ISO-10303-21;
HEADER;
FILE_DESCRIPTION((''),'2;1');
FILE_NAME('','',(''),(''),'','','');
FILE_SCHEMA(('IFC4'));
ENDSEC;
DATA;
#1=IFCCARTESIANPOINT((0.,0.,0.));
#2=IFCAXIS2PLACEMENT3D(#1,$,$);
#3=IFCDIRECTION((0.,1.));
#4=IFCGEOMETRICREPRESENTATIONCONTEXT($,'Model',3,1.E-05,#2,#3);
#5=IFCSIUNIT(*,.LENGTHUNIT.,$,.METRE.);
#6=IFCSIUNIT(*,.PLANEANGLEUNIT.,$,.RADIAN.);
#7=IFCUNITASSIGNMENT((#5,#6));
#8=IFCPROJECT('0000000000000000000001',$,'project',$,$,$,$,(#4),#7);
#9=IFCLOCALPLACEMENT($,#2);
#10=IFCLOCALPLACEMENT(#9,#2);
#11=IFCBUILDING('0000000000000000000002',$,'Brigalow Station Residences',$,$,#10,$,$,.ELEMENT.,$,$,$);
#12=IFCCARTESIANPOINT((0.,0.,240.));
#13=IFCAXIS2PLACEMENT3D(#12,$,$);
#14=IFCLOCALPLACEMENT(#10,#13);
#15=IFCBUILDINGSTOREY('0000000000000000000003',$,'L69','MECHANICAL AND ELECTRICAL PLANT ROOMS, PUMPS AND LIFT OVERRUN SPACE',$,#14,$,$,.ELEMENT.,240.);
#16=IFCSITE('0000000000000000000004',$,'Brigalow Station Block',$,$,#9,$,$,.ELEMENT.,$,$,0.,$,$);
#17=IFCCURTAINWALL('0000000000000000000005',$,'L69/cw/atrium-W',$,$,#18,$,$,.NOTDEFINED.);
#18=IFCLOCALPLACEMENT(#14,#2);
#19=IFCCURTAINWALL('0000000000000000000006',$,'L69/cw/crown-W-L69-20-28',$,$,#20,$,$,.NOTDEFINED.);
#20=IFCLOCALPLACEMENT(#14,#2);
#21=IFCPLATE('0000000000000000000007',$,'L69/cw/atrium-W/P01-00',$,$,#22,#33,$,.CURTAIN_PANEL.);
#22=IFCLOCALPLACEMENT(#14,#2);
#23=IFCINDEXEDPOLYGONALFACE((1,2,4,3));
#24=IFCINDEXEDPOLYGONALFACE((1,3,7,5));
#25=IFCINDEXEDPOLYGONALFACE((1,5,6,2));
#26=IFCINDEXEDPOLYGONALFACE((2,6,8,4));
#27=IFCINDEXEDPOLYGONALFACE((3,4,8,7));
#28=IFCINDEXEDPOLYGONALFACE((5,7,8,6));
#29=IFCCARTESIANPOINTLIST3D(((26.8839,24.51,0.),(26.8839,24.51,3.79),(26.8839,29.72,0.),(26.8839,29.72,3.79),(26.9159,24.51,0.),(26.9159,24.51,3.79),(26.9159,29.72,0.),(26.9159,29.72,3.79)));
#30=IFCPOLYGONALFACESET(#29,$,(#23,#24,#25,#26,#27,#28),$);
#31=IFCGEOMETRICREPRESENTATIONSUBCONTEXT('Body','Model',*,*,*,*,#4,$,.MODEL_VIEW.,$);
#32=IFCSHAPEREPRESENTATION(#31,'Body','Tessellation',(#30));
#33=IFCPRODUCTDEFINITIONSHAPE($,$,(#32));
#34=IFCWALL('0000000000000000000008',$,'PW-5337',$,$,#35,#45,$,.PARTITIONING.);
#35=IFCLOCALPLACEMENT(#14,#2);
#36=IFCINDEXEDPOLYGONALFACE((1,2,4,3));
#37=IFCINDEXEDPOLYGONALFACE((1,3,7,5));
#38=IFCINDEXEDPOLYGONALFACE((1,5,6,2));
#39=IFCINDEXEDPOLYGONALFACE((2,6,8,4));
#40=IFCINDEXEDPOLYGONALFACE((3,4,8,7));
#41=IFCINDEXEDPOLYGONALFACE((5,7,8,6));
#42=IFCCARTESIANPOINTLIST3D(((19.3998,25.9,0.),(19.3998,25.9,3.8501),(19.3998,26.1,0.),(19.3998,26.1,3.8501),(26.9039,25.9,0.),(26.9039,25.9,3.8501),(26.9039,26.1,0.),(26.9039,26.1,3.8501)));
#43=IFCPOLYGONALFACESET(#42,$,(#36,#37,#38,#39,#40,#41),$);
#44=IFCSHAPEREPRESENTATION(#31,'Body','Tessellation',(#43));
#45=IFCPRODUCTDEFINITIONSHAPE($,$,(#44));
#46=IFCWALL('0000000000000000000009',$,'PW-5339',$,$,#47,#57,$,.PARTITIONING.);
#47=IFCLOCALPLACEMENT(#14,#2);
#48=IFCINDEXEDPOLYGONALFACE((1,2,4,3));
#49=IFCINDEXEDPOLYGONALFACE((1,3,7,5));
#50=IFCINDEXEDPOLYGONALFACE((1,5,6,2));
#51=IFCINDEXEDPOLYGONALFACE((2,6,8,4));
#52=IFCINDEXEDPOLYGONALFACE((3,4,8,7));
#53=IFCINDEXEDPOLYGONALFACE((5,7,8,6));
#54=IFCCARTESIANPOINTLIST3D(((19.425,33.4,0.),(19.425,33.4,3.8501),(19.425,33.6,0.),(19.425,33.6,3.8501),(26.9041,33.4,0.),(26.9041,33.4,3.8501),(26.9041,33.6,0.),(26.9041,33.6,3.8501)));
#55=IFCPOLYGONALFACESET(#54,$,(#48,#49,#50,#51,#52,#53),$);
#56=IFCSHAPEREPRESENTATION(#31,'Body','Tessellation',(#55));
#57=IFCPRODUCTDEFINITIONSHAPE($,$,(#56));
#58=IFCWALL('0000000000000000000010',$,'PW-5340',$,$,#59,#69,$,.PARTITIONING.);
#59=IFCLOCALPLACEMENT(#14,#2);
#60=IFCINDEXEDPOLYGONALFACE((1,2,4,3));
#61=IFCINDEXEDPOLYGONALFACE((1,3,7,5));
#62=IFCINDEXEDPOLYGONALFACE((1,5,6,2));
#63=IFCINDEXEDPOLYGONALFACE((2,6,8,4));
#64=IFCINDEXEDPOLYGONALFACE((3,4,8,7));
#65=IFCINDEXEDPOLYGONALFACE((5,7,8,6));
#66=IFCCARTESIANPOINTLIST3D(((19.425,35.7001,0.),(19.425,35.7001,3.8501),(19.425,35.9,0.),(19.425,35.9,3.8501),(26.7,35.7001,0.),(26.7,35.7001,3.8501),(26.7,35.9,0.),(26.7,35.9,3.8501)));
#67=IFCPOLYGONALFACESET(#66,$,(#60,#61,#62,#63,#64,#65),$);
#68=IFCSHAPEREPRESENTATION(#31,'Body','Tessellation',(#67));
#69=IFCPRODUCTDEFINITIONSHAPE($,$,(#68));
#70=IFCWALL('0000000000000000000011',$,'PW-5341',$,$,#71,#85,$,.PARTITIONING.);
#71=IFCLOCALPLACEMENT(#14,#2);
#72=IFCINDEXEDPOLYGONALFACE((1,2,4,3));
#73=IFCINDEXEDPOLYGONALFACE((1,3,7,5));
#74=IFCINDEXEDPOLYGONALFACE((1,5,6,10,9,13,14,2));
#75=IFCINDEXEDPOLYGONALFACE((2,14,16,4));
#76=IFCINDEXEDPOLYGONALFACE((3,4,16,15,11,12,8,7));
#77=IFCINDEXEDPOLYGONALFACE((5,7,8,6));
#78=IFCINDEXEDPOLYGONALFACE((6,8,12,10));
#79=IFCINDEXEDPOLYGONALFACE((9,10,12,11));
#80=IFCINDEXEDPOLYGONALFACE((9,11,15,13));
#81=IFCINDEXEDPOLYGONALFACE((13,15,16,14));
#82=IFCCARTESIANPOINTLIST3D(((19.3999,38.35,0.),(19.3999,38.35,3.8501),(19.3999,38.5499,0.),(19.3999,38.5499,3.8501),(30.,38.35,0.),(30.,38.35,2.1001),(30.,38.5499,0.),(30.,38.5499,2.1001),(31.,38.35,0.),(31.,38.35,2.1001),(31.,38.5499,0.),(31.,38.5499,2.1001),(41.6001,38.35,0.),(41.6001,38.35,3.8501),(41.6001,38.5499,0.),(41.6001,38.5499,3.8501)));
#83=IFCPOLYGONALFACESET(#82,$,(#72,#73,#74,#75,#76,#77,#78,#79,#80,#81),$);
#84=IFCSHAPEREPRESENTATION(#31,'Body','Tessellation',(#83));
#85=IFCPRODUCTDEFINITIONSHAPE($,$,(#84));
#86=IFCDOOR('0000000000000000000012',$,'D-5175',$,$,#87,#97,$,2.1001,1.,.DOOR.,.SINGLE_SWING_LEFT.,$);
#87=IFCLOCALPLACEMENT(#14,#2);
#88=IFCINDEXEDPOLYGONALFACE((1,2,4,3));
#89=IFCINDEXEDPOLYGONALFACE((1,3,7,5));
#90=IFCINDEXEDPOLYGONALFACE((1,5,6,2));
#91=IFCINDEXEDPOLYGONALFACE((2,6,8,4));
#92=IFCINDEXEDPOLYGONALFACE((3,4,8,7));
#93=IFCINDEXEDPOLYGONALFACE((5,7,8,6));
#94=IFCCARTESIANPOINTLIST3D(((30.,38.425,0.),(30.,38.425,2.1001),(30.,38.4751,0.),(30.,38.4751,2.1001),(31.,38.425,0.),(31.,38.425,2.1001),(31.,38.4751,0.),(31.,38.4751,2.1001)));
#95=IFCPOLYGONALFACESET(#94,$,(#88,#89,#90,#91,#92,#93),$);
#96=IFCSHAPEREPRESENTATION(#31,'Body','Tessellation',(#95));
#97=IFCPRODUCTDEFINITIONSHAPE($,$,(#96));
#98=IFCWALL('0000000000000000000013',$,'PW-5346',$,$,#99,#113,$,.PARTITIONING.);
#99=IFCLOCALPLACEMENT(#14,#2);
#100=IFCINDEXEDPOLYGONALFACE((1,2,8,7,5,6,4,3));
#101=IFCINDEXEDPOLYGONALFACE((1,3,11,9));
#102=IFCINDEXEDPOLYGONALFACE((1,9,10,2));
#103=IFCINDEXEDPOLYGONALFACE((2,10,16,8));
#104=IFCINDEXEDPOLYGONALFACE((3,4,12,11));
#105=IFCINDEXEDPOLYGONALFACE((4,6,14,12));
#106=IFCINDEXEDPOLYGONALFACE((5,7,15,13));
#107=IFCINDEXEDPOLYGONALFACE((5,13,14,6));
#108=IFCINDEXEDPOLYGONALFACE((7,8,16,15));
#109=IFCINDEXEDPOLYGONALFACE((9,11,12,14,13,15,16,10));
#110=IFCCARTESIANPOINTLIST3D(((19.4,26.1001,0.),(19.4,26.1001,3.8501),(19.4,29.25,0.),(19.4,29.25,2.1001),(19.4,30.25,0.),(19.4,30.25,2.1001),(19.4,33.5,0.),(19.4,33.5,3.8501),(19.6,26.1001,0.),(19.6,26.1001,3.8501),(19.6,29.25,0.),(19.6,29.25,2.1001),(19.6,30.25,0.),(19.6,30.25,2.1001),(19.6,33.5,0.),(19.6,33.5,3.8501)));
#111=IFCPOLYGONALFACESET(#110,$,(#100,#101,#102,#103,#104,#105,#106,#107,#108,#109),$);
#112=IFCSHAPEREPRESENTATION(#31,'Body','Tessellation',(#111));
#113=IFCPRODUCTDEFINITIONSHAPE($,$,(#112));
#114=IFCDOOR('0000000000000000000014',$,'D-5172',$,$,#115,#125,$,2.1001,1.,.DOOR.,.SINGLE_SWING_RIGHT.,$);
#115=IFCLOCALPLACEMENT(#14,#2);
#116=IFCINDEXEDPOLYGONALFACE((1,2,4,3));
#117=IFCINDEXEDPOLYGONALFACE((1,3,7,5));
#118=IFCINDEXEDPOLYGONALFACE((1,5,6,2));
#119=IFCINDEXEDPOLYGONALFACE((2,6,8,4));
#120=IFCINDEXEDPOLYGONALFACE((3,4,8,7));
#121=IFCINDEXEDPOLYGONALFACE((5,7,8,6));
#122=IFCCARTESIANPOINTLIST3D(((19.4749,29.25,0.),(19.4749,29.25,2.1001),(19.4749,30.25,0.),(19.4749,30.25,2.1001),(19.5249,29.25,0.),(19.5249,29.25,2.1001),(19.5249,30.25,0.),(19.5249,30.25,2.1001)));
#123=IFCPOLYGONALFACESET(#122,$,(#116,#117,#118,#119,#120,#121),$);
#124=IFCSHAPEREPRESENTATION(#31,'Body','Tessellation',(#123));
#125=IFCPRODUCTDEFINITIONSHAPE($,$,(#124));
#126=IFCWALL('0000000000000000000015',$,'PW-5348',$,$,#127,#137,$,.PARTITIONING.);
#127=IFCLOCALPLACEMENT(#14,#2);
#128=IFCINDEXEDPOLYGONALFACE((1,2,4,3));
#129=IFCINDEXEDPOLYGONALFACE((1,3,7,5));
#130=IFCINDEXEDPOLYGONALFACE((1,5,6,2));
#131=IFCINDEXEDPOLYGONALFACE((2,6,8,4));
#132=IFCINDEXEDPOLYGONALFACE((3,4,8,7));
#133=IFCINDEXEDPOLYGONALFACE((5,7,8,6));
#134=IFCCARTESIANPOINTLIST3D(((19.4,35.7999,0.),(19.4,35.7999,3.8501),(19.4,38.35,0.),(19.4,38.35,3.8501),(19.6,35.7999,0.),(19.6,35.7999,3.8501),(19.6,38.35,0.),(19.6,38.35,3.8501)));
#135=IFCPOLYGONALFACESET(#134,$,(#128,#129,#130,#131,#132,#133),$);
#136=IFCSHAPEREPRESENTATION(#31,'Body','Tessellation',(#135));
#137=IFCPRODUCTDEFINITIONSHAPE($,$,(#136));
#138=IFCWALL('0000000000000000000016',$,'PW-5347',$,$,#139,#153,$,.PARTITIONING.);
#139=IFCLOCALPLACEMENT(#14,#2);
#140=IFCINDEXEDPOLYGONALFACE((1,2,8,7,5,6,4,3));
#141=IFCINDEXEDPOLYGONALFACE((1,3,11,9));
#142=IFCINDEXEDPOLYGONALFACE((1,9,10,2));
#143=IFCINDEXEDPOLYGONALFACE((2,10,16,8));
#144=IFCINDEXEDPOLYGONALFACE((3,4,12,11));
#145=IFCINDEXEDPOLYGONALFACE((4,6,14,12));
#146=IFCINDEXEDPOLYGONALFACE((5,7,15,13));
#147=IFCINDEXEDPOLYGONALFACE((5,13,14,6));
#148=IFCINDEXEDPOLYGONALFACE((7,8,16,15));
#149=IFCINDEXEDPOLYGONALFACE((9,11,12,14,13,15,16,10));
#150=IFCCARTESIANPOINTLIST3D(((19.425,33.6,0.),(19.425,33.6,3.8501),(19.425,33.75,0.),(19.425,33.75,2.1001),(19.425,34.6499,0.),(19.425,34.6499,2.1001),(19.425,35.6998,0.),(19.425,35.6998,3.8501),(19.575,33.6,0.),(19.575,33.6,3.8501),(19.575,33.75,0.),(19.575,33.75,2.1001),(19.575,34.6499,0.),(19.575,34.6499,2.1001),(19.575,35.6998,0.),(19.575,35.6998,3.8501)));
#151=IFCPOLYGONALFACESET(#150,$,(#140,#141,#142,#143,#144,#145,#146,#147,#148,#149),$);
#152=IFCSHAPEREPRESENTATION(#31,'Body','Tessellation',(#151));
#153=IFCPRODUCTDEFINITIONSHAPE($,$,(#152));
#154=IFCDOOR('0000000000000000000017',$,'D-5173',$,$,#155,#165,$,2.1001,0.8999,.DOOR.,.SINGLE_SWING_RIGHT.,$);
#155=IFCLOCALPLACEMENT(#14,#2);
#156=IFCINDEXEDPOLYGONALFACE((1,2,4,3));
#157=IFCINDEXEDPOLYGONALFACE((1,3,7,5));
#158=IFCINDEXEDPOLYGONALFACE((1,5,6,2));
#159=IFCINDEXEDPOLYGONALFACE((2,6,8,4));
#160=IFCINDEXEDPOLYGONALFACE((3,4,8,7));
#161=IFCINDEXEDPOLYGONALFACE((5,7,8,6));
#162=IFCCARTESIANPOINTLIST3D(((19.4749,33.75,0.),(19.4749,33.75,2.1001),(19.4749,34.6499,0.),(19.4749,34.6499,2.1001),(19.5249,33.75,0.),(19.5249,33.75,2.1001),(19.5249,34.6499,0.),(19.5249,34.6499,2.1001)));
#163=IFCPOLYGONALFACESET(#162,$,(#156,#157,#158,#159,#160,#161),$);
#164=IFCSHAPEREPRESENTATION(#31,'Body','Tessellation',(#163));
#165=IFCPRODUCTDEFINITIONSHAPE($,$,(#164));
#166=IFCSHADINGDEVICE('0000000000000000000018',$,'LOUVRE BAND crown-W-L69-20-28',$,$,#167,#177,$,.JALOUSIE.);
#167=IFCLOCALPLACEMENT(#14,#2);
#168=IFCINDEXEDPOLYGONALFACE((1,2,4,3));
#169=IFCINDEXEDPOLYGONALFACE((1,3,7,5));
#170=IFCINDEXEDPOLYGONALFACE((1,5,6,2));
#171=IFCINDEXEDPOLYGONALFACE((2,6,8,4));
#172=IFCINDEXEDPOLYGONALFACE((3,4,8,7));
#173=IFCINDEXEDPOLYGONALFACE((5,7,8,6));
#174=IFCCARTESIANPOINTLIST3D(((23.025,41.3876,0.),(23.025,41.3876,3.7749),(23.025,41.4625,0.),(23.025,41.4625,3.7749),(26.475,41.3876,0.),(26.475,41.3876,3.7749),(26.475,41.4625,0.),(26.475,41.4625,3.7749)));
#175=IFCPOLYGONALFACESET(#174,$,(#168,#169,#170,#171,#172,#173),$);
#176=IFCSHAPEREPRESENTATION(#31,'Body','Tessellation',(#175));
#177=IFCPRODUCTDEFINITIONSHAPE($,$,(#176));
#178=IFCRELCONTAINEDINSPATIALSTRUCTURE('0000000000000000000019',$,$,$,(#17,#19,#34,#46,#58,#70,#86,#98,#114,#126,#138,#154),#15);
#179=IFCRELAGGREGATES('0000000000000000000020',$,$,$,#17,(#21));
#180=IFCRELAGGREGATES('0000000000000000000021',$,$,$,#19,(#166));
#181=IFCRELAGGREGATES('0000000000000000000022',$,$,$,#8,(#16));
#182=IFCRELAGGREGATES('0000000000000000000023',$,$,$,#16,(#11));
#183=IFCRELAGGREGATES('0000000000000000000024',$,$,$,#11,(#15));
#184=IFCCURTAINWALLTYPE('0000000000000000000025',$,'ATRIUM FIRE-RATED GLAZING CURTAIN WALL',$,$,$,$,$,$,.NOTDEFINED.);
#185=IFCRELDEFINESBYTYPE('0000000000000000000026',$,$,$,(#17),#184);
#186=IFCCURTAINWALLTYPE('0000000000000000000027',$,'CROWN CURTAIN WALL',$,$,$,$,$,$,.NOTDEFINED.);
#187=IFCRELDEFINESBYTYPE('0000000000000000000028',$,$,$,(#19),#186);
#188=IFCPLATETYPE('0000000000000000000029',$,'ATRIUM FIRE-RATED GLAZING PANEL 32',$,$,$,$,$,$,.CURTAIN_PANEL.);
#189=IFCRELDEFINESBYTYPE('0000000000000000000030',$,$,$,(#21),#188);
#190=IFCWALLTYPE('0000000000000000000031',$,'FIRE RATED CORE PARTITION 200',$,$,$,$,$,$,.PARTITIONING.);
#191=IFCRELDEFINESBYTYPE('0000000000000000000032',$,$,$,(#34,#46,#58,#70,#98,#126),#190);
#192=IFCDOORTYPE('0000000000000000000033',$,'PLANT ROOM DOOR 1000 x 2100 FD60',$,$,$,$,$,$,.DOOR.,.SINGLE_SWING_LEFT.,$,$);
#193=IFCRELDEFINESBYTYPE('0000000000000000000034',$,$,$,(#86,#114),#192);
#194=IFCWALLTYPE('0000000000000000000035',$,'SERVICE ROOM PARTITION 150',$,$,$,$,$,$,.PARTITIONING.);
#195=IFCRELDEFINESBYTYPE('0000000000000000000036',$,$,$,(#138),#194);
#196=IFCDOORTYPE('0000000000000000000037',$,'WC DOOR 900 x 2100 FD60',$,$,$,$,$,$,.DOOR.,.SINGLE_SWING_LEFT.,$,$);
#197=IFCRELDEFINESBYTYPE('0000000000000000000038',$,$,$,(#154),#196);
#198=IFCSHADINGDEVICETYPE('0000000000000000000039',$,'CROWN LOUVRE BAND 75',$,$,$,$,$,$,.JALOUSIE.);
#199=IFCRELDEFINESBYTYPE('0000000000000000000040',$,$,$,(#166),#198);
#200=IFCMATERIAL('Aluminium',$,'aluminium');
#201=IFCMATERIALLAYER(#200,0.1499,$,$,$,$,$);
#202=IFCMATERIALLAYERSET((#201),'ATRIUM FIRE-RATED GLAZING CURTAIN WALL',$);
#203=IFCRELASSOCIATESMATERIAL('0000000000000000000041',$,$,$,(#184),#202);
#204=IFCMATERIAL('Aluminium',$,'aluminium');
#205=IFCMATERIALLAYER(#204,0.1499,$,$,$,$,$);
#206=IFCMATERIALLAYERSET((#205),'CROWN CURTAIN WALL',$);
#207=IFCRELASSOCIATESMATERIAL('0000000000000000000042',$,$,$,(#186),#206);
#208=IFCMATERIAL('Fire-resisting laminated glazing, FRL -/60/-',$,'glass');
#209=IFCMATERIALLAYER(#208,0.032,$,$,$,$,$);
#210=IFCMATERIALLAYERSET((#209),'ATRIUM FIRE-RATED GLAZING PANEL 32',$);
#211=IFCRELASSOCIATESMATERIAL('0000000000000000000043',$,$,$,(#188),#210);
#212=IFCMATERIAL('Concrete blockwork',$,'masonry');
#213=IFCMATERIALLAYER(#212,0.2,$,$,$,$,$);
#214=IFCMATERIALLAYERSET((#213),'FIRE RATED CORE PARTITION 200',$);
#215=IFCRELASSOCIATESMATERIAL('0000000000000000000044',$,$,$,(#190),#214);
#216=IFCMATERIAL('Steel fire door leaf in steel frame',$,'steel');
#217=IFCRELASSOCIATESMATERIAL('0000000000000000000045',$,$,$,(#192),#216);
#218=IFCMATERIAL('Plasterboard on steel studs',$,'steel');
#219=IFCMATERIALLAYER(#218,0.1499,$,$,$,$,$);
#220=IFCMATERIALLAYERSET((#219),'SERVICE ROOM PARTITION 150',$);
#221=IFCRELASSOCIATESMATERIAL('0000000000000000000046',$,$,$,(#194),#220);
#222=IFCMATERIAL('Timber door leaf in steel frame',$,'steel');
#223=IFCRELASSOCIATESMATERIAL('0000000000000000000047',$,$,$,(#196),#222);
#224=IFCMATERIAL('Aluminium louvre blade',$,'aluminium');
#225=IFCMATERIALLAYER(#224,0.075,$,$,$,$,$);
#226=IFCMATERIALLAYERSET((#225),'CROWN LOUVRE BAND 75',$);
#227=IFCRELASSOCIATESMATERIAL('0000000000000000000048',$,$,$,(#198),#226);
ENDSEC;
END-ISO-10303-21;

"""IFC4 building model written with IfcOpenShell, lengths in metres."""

from ifc_helpers import new_model, si_unit, direction, frame, frame_2d, origin, origin_2d, place, context, subcontext, project, spatial, rectangle, extrude, material, layer, layer_set, type_object, element, fill, aggregate, save


model = new_model("IFC4")

# Units and contexts
model_context = context("Model", 3, precision=1e-05, world=origin(), true_north=direction((0.0, 1.0)))
body_context = subcontext(model_context, "Body", "Model", "MODEL_VIEW")
ifc_project = project(units=[si_unit("LENGTHUNIT", "METRE"), si_unit("PLANEANGLEUNIT", "RADIAN")], contexts=[model_context])

# Site, building, storey
site_placement = place(None, origin())
site = spatial("IfcSite", under=ifc_project, at=site_placement, Name="Brigalow Station Block", CompositionType="ELEMENT", RefElevation=0.0)
building_placement = place(site_placement, origin())
building = spatial("IfcBuilding", under=site, at=building_placement, Name="Brigalow Station Residences", CompositionType="ELEMENT")
storey_placement = place(building_placement, frame((0.0, 0.0, 240.0)))
storey = spatial("IfcBuildingStorey", under=building, at=storey_placement, Name="L69", Description="MECHANICAL AND ELECTRICAL PLANT ROOMS, PUMPS AND LIFT OVERRUN SPACE", CompositionType="ELEMENT", Elevation=240.0)

# Curtain walls
ifc_material_1 = material(Name="Aluminium", Category="aluminium")
ifc_layer_1 = layer(ifc_material_1, 0.1499)
ifc_layer_set_1 = layer_set([ifc_layer_1], Name="ATRIUM FIRE-RATED GLAZING CURTAIN WALL")
curtain_wall_type_1 = type_object("IfcCurtainWallType", Name="ATRIUM FIRE-RATED GLAZING CURTAIN WALL", PredefinedType="NOTDEFINED", material=ifc_layer_set_1)
curtain_wall_1_placement = place(storey_placement, origin())
curtain_wall_1 = element("IfcCurtainWall", 1, at=curtain_wall_1_placement, inside=storey, type_object=curtain_wall_type_1, Name="L69/cw/atrium-W", PredefinedType="NOTDEFINED")
ifc_material_2 = material(Name="Aluminium", Category="aluminium")
ifc_layer_2 = layer(ifc_material_2, 0.1499)
ifc_layer_set_2 = layer_set([ifc_layer_2], Name="CROWN CURTAIN WALL")
curtain_wall_type_2 = type_object("IfcCurtainWallType", Name="CROWN CURTAIN WALL", PredefinedType="NOTDEFINED", material=ifc_layer_set_2)
curtain_wall_2_placement = place(storey_placement, origin())
curtain_wall_2 = element("IfcCurtainWall", 2, at=curtain_wall_2_placement, inside=storey, type_object=curtain_wall_type_2, Name="L69/cw/crown-W-L69-20-28", PredefinedType="NOTDEFINED")

# Plate
ifc_material_3 = material(Name="Fire-resisting laminated glazing, FRL -/60/-", Category="glass")
ifc_layer_3 = layer(ifc_material_3, 0.032)
ifc_layer_set_3 = layer_set([ifc_layer_3], Name="ATRIUM FIRE-RATED GLAZING PANEL 32")
plate_type = type_object("IfcPlateType", Name="ATRIUM FIRE-RATED GLAZING PANEL 32", PredefinedType="CURTAIN_PANEL", material=ifc_layer_set_3)
plate_1_placement = place(storey_placement, frame((26.8999, 27.115, 0.0), z_axis=(0.0, 0.0, 1.0), x_axis=(0.0, -1.0, 0.0)))
plate_1 = element("IfcPlate", 3, at=plate_1_placement, type_object=plate_type, Name="L69/cw/atrium-W/P01-00", PredefinedType="CURTAIN_PANEL", context=body_context, shape_type="SweptSolid", body=[
    extrude(rectangle(XDim=5.21, YDim=0.032, at=origin_2d()), origin(), (0.0, 0.0, 1.0), 3.79),
])
aggregate(curtain_wall_1, [plate_1])

# Walls
ifc_material_4 = material(Name="Concrete blockwork", Category="masonry")
ifc_layer_4 = layer(ifc_material_4, 0.2)
ifc_layer_set_4 = layer_set([ifc_layer_4], Name="FIRE RATED CORE PARTITION 200")
wall_type_1 = type_object("IfcWallType", Name="FIRE RATED CORE PARTITION 200", PredefinedType="PARTITIONING", material=ifc_layer_set_4)
wall_1_placement = place(storey_placement, frame((19.3999, 26.0, 0.0), z_axis=(0.0, 0.0, 1.0), x_axis=(1.0, 0.0, 0.0)))
element("IfcWall", 4, at=wall_1_placement, inside=storey, type_object=wall_type_1, Name="PW-5337", PredefinedType="PARTITIONING", context=body_context, shape_type="SweptSolid", body=[
    extrude(rectangle(XDim=7.5042, YDim=0.2, at=frame_2d((3.752, 0.0))), origin(), (0.0, 0.0, 1.0), 3.8501),
])
wall_2_placement = place(storey_placement, frame((19.425, 33.5, 0.0), z_axis=(0.0, 0.0, 1.0), x_axis=(1.0, 0.0, 0.0)))
element("IfcWall", 5, at=wall_2_placement, inside=storey, type_object=wall_type_1, Name="PW-5339", PredefinedType="PARTITIONING", context=body_context, shape_type="SweptSolid", body=[
    extrude(rectangle(XDim=7.479, YDim=0.2, at=frame_2d((3.7395, 0.0))), origin(), (0.0, 0.0, 1.0), 3.8501),
])
wall_3_placement = place(storey_placement, frame((19.425, 35.8, 0.0), z_axis=(0.0, 0.0, 1.0), x_axis=(1.0, 0.0, 0.0)))
element("IfcWall", 6, at=wall_3_placement, inside=storey, type_object=wall_type_1, Name="PW-5340", PredefinedType="PARTITIONING", context=body_context, shape_type="SweptSolid", body=[
    extrude(rectangle(XDim=7.2749, YDim=0.2, at=frame_2d((3.6375, 0.0))), origin(), (0.0, 0.0, 1.0), 3.8501),
])

# Walls, openings, doors
wall_4_placement = place(storey_placement, frame((19.3999, 38.45, 0.0), z_axis=(0.0, 0.0, 1.0), x_axis=(1.0, 0.0, 0.0)))
wall_4 = element("IfcWall", 7, at=wall_4_placement, inside=storey, type_object=wall_type_1, Name="PW-5341", PredefinedType="PARTITIONING", context=body_context, shape_type="SweptSolid", body=[
    extrude(rectangle(XDim=22.2002, YDim=0.2, at=frame_2d((11.1001, 0.0))), origin(), (0.0, 0.0, 1.0), 3.8501),
])
opening_1_placement = place(wall_4_placement, frame((10.6001, 0.0, 0.0)))
opening_1 = element("IfcOpeningElement", 8, at=opening_1_placement, cuts=wall_4, PredefinedType="OPENING", context=body_context, shape_type="SweptSolid", body=[
    extrude(rectangle(XDim=1.0, YDim=2.1001, at=frame_2d((0.5, 1.05))), frame((0.0, 0.1099, 0.0), z_axis=(0.0, -1.0, 0.0), x_axis=(1.0, 0.0, 0.0)), (0.0, 0.0, 1.0), 0.22),
])
ifc_material_5 = material(Name="Steel fire door leaf in steel frame", Category="steel")
door_type_1 = type_object("IfcDoorType", Name="PLANT ROOM DOOR 1000 x 2100 FD60", OperationType="SINGLE_SWING_LEFT", PredefinedType="DOOR", material=ifc_material_5)
door_1_placement = place(opening_1_placement, frame((1.0, 0.0, 0.0), z_axis=(0.0, 0.0, 1.0), x_axis=(-1.0, 0.0, 0.0)))
door_1 = element("IfcDoor", 9, at=door_1_placement, inside=storey, type_object=door_type_1, Name="D-5175", OperationType="SINGLE_SWING_LEFT", OverallHeight=2.1001, OverallWidth=1.0, PredefinedType="DOOR", context=body_context, shape_type="SweptSolid", body=[
    extrude(rectangle(XDim=1.0, YDim=2.1001, at=frame_2d((0.5, 1.05))), frame((0.0, 0.0249, 0.0), z_axis=(0.0, -1.0, 0.0), x_axis=(1.0, 0.0, 0.0)), (0.0, 0.0, 1.0), 0.05),
])
fill(opening_1, door_1)
wall_5_placement = place(storey_placement, frame((19.5, 26.1001, 0.0), z_axis=(0.0, 0.0, 1.0), x_axis=(0.0, 1.0, 0.0)))
wall_5 = element("IfcWall", 10, at=wall_5_placement, inside=storey, type_object=wall_type_1, Name="PW-5346", PredefinedType="PARTITIONING", context=body_context, shape_type="SweptSolid", body=[
    extrude(rectangle(XDim=7.3999, YDim=0.2, at=frame_2d((3.7, 0.0))), origin(), (0.0, 0.0, 1.0), 3.8501),
])
opening_2_placement = place(wall_5_placement, frame((3.1499, 0.0, 0.0)))
opening_2 = element("IfcOpeningElement", 11, at=opening_2_placement, cuts=wall_5, PredefinedType="OPENING", context=body_context, shape_type="SweptSolid", body=[
    extrude(rectangle(XDim=1.0, YDim=2.1001, at=frame_2d((0.5, 1.05))), frame((0.0, 0.1099, 0.0), z_axis=(0.0, -1.0, 0.0), x_axis=(1.0, 0.0, 0.0)), (0.0, 0.0, 1.0), 0.22),
])
door_2_placement = place(opening_2_placement, frame((1.0, 0.0, 0.0), z_axis=(0.0, 0.0, 1.0), x_axis=(-1.0, 0.0, 0.0)))
door_2 = element("IfcDoor", 12, at=door_2_placement, inside=storey, type_object=door_type_1, Name="D-5172", OperationType="SINGLE_SWING_RIGHT", OverallHeight=2.1001, OverallWidth=1.0, PredefinedType="DOOR", context=body_context, shape_type="SweptSolid", body=[
    extrude(rectangle(XDim=1.0, YDim=2.1001, at=frame_2d((0.5, 1.05))), frame((0.0, 0.0249, 0.0), z_axis=(0.0, -1.0, 0.0), x_axis=(1.0, 0.0, 0.0)), (0.0, 0.0, 1.0), 0.05),
])
fill(opening_2, door_2)

# Wall
wall_6_placement = place(storey_placement, frame((19.5, 35.8, 0.0), z_axis=(0.0, 0.0, 1.0), x_axis=(0.0, 1.0, 0.0)))
element("IfcWall", 13, at=wall_6_placement, inside=storey, type_object=wall_type_1, Name="PW-5348", PredefinedType="PARTITIONING", context=body_context, shape_type="SweptSolid", body=[
    extrude(rectangle(XDim=2.55, YDim=0.2, at=frame_2d((1.2749, 0.0))), origin(), (0.0, 0.0, 1.0), 3.8501),
])

# Wall, opening, door
ifc_material_6 = material(Name="Plasterboard on steel studs", Category="steel")
ifc_layer_5 = layer(ifc_material_6, 0.1499)
ifc_layer_set_5 = layer_set([ifc_layer_5], Name="SERVICE ROOM PARTITION 150")
wall_type_2 = type_object("IfcWallType", Name="SERVICE ROOM PARTITION 150", PredefinedType="PARTITIONING", material=ifc_layer_set_5)
wall_7_placement = place(storey_placement, frame((19.5, 33.6001, 0.0), z_axis=(0.0, 0.0, 1.0), x_axis=(0.0, 1.0, 0.0)))
wall_7 = element("IfcWall", 14, at=wall_7_placement, inside=storey, type_object=wall_type_2, Name="PW-5347", PredefinedType="PARTITIONING", context=body_context, shape_type="SweptSolid", body=[
    extrude(rectangle(XDim=2.0999, YDim=0.1499, at=frame_2d((1.0498, 0.0))), origin(), (0.0, 0.0, 1.0), 3.8501),
])
opening_3_placement = place(wall_7_placement, frame((0.1499, 0.0, 0.0)))
opening_3 = element("IfcOpeningElement", 15, at=opening_3_placement, cuts=wall_7, PredefinedType="OPENING", context=body_context, shape_type="SweptSolid", body=[
    extrude(rectangle(XDim=0.8999, YDim=2.1001, at=frame_2d((0.45, 1.05))), frame((0.0, 0.085, 0.0), z_axis=(0.0, -1.0, 0.0), x_axis=(1.0, 0.0, 0.0)), (0.0, 0.0, 1.0), 0.1699),
])
ifc_material_7 = material(Name="Timber door leaf in steel frame", Category="steel")
door_type_2 = type_object("IfcDoorType", Name="WC DOOR 900 x 2100 FD60", OperationType="SINGLE_SWING_LEFT", PredefinedType="DOOR", material=ifc_material_7)
door_3_placement = place(opening_3_placement, frame((0.8999, 0.0, 0.0), z_axis=(0.0, 0.0, 1.0), x_axis=(-1.0, 0.0, 0.0)))
door_3 = element("IfcDoor", 16, at=door_3_placement, inside=storey, type_object=door_type_2, Name="D-5173", OperationType="SINGLE_SWING_RIGHT", OverallHeight=2.1001, OverallWidth=0.8999, PredefinedType="DOOR", context=body_context, shape_type="SweptSolid", body=[
    extrude(rectangle(XDim=0.8999, YDim=2.1001, at=frame_2d((0.45, 1.05))), frame((0.0, 0.0249, 0.0), z_axis=(0.0, -1.0, 0.0), x_axis=(1.0, 0.0, 0.0)), (0.0, 0.0, 1.0), 0.05),
])
fill(opening_3, door_3)

# Shading device
ifc_material_8 = material(Name="Aluminium louvre blade", Category="aluminium")
ifc_layer_6 = layer(ifc_material_8, 0.075)
ifc_layer_set_6 = layer_set([ifc_layer_6], Name="CROWN LOUVRE BAND 75")
shading_device_type = type_object("IfcShadingDeviceType", Name="CROWN LOUVRE BAND 75", PredefinedType="JALOUSIE", material=ifc_layer_set_6)
shading_device_1_placement = place(storey_placement, frame((24.75, 41.425, 0.0), z_axis=(0.0, 0.0, 1.0), x_axis=(-1.0, 0.0, 0.0)))
shading_device_1 = element("IfcShadingDevice", 17, at=shading_device_1_placement, type_object=shading_device_type, Name="LOUVRE BAND crown-W-L69-20-28", PredefinedType="JALOUSIE", context=body_context, shape_type="SweptSolid", body=[
    extrude(rectangle(XDim=3.45, YDim=0.075, at=origin_2d()), origin(), (0.0, 0.0, 1.0), 3.7749),
])
aggregate(curtain_wall_2, [shading_device_1])

save(model, "model.ifc")
